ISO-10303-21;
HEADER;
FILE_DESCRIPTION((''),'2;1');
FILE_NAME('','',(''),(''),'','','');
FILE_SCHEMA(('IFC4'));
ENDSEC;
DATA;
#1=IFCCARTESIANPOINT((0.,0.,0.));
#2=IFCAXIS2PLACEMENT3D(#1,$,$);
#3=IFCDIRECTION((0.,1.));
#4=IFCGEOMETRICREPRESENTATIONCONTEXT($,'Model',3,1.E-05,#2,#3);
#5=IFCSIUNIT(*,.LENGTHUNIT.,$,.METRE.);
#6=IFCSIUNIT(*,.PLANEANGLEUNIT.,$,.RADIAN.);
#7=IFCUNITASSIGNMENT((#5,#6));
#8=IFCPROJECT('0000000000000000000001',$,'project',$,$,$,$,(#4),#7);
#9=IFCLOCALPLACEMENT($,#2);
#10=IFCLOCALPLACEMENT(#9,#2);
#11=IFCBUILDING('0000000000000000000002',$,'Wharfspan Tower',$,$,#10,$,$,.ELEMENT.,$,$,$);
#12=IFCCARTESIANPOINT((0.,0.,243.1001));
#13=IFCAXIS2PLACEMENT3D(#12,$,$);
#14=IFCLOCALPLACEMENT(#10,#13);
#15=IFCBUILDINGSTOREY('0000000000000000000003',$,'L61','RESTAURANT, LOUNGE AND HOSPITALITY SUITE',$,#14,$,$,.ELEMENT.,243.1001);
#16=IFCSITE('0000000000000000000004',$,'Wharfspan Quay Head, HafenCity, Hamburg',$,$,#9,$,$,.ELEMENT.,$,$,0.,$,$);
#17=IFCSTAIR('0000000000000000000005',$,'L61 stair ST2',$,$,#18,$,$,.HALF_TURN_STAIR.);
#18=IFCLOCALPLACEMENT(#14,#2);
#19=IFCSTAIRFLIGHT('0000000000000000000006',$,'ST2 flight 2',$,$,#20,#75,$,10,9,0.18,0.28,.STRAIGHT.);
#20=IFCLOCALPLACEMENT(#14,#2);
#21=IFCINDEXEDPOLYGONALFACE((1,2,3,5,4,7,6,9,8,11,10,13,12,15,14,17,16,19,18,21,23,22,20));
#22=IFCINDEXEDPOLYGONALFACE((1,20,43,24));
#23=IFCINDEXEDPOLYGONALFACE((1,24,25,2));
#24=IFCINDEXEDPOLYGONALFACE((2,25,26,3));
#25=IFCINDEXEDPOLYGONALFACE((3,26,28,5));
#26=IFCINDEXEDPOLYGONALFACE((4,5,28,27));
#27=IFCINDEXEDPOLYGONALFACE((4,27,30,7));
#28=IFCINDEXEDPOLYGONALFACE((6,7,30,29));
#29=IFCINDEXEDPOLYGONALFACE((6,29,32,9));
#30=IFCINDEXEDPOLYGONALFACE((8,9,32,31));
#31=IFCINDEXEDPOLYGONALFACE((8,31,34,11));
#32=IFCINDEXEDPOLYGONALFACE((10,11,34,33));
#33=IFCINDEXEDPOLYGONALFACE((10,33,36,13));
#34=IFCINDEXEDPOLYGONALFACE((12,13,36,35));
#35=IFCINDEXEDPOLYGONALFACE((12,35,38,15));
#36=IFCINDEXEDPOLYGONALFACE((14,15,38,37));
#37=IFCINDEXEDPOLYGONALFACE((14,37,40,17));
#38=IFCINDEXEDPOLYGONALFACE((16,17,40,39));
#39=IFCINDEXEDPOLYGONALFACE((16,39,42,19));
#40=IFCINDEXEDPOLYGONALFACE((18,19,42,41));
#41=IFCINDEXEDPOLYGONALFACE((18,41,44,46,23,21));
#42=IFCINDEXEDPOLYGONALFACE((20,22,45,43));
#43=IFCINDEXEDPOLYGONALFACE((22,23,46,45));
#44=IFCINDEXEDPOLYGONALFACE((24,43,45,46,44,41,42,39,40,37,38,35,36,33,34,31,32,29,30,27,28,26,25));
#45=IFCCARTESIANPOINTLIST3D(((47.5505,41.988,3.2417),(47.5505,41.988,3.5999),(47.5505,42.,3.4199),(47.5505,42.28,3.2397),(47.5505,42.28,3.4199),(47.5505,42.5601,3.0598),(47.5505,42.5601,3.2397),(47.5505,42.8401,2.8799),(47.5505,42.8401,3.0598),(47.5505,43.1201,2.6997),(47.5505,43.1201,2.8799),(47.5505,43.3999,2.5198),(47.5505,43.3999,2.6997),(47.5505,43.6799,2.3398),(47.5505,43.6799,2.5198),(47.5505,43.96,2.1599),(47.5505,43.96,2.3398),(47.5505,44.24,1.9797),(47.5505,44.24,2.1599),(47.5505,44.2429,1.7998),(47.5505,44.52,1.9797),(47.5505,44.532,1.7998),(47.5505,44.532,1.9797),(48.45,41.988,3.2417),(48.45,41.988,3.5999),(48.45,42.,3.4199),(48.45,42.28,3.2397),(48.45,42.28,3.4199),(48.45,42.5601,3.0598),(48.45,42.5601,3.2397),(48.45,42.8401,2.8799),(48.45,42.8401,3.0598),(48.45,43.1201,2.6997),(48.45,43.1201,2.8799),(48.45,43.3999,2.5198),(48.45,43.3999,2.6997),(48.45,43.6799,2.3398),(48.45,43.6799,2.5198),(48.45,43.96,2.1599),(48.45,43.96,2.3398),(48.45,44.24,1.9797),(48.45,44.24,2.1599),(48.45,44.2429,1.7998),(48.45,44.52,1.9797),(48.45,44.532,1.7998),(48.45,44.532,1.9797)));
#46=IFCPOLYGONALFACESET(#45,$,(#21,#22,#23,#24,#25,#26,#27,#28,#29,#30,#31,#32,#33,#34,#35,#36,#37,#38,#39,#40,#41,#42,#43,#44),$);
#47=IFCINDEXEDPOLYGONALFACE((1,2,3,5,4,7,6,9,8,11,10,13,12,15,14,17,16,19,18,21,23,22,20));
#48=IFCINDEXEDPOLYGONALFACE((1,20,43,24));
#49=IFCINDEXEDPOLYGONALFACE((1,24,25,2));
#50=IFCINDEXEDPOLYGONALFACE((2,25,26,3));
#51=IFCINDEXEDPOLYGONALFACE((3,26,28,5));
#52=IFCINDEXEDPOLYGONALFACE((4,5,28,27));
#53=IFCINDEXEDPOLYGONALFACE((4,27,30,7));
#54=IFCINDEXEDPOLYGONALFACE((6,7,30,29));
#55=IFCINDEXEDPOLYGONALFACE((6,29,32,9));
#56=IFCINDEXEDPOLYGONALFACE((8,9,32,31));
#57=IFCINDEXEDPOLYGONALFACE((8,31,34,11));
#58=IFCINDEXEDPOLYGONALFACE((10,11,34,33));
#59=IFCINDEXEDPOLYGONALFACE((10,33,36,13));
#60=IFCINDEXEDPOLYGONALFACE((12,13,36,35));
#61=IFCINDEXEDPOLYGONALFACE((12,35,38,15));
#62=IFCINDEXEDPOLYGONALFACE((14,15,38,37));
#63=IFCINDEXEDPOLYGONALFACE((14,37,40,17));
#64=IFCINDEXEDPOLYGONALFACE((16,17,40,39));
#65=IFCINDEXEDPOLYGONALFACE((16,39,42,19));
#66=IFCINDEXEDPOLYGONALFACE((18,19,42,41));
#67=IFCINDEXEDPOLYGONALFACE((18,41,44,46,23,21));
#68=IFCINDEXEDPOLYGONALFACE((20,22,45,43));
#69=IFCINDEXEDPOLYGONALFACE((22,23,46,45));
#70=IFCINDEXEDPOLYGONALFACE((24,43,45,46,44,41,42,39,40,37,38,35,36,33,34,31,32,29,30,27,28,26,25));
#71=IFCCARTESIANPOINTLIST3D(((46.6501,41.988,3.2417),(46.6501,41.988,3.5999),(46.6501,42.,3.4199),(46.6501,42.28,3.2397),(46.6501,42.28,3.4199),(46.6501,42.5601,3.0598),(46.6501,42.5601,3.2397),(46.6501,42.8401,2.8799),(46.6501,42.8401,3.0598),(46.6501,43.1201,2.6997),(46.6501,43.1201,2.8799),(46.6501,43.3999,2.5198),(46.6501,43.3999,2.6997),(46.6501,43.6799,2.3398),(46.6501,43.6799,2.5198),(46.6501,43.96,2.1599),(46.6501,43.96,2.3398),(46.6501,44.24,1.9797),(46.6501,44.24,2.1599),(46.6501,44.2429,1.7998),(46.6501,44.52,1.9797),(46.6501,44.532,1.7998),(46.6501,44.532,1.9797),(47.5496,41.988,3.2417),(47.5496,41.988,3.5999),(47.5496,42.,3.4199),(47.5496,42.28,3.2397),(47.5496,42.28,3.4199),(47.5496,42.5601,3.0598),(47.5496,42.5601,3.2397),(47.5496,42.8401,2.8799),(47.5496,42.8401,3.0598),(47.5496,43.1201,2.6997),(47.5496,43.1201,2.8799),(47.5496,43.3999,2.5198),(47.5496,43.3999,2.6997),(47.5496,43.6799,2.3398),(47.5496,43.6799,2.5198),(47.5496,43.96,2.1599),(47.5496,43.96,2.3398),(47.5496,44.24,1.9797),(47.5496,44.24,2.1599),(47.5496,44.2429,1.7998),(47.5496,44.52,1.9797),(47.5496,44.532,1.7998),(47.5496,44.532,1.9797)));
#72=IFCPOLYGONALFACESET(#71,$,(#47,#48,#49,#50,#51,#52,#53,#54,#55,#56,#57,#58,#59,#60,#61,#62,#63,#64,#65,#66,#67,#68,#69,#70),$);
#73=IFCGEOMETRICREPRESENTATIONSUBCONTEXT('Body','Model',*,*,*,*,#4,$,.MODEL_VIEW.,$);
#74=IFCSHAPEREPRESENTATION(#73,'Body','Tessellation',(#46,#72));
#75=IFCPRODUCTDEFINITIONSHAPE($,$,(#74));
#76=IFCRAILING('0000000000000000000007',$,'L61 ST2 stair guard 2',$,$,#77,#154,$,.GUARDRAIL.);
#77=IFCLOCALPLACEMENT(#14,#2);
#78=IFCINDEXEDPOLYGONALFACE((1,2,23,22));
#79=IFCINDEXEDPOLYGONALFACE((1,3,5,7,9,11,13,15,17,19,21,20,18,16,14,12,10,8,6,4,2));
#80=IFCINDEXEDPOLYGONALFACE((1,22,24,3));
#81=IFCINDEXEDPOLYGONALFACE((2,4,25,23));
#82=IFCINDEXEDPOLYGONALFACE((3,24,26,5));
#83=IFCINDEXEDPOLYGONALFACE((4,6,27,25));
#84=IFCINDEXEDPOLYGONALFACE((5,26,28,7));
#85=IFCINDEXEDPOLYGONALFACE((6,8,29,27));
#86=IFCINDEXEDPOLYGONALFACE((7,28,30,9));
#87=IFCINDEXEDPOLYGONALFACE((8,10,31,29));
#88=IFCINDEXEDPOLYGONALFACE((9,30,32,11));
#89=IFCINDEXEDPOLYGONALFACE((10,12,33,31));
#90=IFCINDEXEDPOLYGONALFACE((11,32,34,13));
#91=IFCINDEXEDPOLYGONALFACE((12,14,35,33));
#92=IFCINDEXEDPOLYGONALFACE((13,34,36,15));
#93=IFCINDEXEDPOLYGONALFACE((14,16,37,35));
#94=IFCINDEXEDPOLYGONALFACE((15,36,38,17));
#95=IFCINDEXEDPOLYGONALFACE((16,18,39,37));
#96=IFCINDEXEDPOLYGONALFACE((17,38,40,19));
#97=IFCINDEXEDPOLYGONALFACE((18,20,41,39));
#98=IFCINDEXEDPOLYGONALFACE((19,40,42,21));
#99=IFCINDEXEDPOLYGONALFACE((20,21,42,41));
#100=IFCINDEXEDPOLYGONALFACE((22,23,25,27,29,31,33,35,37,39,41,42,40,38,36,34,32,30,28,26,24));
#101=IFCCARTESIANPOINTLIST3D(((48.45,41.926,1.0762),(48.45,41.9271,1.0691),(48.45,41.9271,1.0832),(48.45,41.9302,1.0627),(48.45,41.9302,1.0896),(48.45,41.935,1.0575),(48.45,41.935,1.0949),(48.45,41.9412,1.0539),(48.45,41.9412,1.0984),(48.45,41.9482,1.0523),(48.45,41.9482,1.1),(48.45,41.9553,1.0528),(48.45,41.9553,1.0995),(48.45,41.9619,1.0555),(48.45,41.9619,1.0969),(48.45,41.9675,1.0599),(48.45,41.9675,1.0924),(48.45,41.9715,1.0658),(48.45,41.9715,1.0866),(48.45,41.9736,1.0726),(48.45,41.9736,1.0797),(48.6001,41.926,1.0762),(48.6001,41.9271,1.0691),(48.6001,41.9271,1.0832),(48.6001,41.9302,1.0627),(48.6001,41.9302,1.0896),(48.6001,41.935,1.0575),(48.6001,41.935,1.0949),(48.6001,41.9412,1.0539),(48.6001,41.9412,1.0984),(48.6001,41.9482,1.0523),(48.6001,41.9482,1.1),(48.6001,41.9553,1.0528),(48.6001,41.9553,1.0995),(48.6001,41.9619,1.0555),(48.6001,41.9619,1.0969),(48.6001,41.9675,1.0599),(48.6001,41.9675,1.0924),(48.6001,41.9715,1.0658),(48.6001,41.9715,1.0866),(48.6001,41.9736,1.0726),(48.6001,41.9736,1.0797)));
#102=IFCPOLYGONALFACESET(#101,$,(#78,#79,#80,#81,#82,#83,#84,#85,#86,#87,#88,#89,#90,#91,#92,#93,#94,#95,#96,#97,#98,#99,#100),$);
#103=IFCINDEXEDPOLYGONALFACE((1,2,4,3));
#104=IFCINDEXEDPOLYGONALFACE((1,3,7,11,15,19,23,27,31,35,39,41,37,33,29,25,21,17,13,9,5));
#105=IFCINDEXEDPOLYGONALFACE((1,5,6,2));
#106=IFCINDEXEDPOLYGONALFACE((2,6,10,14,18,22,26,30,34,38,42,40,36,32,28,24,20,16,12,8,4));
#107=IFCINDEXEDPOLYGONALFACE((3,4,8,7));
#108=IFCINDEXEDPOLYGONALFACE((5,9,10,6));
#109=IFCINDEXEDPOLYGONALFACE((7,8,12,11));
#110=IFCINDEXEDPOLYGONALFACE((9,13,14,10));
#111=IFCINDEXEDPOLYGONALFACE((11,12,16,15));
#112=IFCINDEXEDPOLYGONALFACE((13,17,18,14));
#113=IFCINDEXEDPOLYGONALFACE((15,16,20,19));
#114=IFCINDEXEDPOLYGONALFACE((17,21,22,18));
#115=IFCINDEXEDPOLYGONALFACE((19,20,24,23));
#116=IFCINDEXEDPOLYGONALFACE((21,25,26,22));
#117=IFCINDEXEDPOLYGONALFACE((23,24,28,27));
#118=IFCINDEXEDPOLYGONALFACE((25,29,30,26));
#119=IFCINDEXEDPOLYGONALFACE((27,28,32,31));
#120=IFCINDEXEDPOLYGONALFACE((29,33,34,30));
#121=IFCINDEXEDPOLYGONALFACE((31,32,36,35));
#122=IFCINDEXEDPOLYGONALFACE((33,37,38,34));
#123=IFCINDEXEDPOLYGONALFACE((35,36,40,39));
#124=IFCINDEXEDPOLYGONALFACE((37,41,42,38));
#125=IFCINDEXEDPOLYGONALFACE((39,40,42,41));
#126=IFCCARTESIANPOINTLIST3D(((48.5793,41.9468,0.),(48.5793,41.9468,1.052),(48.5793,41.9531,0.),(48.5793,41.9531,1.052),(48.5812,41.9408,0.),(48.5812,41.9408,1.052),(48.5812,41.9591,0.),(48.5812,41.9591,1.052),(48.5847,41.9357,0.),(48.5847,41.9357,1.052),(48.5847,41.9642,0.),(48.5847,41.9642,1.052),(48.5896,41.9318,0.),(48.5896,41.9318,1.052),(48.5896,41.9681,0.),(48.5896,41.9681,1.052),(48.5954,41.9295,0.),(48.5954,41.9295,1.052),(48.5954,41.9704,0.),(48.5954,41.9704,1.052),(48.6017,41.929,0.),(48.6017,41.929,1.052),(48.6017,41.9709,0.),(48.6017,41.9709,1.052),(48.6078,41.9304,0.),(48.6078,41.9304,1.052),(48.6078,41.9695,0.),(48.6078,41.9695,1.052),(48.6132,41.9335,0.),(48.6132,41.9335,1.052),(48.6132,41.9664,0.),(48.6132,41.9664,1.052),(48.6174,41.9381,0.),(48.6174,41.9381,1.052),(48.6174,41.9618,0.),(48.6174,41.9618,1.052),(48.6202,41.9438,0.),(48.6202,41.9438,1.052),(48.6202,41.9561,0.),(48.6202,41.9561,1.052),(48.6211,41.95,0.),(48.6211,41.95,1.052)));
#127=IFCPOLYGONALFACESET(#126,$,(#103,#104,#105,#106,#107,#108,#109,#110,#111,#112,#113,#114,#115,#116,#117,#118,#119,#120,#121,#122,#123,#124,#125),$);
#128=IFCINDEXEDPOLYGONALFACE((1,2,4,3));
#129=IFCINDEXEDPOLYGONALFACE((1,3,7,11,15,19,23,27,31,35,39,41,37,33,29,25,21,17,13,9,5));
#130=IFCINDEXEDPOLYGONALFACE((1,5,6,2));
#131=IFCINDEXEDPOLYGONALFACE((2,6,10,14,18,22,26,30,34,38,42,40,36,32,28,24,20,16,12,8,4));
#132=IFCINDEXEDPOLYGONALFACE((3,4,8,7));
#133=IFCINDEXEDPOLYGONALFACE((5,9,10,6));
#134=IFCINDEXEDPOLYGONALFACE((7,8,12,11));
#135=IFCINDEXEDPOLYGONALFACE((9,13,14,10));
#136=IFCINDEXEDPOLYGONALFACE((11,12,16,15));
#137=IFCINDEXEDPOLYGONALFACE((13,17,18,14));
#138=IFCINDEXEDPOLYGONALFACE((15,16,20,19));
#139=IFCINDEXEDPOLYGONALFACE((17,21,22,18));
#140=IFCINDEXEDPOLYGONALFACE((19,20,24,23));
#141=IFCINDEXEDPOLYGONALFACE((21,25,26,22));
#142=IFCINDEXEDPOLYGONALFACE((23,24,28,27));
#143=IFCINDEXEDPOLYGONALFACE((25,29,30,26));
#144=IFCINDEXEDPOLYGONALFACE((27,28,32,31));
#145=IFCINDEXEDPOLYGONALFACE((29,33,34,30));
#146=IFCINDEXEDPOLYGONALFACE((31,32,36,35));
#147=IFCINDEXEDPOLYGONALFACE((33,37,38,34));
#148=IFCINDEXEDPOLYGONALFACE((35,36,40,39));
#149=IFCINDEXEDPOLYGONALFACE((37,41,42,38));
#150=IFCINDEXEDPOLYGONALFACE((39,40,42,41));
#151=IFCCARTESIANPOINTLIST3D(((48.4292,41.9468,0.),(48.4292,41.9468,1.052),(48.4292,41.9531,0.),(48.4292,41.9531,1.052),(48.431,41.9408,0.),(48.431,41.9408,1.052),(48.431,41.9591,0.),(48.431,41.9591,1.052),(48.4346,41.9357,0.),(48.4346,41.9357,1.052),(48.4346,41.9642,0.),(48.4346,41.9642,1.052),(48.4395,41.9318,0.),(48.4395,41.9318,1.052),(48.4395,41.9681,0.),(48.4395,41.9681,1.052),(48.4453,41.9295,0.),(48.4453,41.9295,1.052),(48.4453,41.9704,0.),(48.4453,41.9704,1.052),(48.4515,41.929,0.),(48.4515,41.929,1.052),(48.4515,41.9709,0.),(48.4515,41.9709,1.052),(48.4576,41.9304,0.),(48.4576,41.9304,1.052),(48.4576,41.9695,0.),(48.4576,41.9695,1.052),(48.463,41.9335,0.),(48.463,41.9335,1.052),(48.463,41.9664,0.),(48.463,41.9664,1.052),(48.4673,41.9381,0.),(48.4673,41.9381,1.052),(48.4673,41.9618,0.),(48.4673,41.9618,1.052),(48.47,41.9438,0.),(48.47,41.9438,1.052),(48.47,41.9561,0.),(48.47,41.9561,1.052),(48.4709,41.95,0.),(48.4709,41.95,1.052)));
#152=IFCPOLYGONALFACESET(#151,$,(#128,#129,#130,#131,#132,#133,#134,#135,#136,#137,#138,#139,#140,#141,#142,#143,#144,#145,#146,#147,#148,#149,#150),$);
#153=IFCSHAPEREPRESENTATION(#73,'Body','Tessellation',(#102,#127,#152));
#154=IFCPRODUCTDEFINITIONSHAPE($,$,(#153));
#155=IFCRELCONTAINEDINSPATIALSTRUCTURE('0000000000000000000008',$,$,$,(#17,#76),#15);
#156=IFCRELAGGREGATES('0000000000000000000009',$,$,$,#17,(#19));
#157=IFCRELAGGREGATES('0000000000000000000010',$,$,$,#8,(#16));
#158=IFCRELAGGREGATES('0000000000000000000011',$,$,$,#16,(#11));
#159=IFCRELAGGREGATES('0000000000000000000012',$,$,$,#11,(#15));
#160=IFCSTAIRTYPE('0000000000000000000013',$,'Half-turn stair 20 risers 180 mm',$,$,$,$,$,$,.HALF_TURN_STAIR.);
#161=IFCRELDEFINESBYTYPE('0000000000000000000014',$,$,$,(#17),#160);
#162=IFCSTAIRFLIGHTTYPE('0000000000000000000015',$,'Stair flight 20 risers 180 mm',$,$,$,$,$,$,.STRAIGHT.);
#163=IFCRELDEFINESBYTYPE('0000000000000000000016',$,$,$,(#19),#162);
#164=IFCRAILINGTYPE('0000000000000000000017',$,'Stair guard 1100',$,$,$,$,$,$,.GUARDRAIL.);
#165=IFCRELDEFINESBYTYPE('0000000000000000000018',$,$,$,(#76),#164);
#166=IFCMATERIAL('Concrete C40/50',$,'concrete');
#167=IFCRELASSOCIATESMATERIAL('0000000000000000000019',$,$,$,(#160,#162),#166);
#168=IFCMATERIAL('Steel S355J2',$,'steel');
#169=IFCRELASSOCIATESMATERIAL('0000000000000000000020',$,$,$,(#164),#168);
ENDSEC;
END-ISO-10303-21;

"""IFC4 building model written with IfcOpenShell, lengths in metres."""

from ifc_helpers import new_model, si_unit, direction, frame, origin, origin_2d, place, context, subcontext, project, spatial, polyline, circle, outline, extrude, material, type_object, element, aggregate, save


model = new_model("IFC4")

# Units and contexts
model_context = context("Model", 3, precision=1e-05, world=origin(), true_north=direction((0.0, 1.0)))
body_context = subcontext(model_context, "Body", "Model", "MODEL_VIEW")
ifc_project = project(units=[si_unit("LENGTHUNIT", "METRE"), si_unit("PLANEANGLEUNIT", "RADIAN")], contexts=[model_context])

# Site, building, storey
site_placement = place(None, origin())
site = spatial("IfcSite", under=ifc_project, at=site_placement, Name="Wharfspan Quay Head, HafenCity, Hamburg", CompositionType="ELEMENT", RefElevation=0.0)
building_placement = place(site_placement, origin())
building = spatial("IfcBuilding", under=site, at=building_placement, Name="Wharfspan Tower", CompositionType="ELEMENT")
storey_placement = place(building_placement, frame((0.0, 0.0, 243.1001)))
storey = spatial("IfcBuildingStorey", under=building, at=storey_placement, Name="L61", Description="RESTAURANT, LOUNGE AND HOSPITALITY SUITE", CompositionType="ELEMENT", Elevation=243.1001)

# Shared definitions
ifc_material_1 = material(Name="Steel S355J2", Category="steel")

# Shared definitions
ifc_material_2 = material(Name="Concrete C40/50", Category="concrete")

# Stair, stair flight
stair_type = type_object("IfcStairType", Name="Half-turn stair 20 risers 180 mm", PredefinedType="HALF_TURN_STAIR", material=ifc_material_2)
stair_placement = place(storey_placement, origin())
stair = element("IfcStair", 1, at=stair_placement, inside=storey, type_object=stair_type, Name="L61 stair ST2", PredefinedType="HALF_TURN_STAIR")
stair_flight_type = type_object("IfcStairFlightType", Name="Stair flight 20 risers 180 mm", PredefinedType="STRAIGHT", material=ifc_material_2)
stair_flight_1_placement = place(storey_placement, frame((47.55, 44.52, 1.7998), z_axis=(0.0, 0.0, 1.0), x_axis=(0.0, -1.0, 0.0)))
stair_flight_1 = element("IfcStairFlight", 2, at=stair_flight_1_placement, type_object=stair_flight_type, Name="ST2 flight 2", NumberOfRisers=10, NumberOfTreads=9, PredefinedType="STRAIGHT", RiserHeight=0.18, TreadLength=0.28, context=body_context, shape_type="SweptSolid", body=[
    extrude(outline(polyline([(-0.012, 0.0), (-0.012, 0.1799), (0.0, 0.1799), (0.28, 0.1799), (0.28, 0.3601), (0.5601, 0.3601), (0.5601, 0.54), (0.8401, 0.54), (0.8401, 0.72), (1.1201, 0.72), (1.1201, 0.8999), (1.3999, 0.8999), (1.3999, 1.0801), (1.6799, 1.0801), (1.6799, 1.26), (1.96, 1.26), (1.96, 1.4399), (2.24, 1.4399), (2.24, 1.6201), (2.52, 1.6201), (2.532, 1.8), (2.532, 1.4419), (0.2771, 0.0), (-0.012, 0.0)])), frame((0.0, 0.8999, 0.0), z_axis=(0.0, -1.0, 0.0), x_axis=(1.0, 0.0, 0.0)), (0.0, 0.0, 1.0), 0.8994),
    extrude(outline(polyline([(-0.012, 0.0), (-0.012, 0.1799), (0.0, 0.1799), (0.28, 0.1799), (0.28, 0.3601), (0.5601, 0.3601), (0.5601, 0.54), (0.8401, 0.54), (0.8401, 0.72), (1.1201, 0.72), (1.1201, 0.8999), (1.3999, 0.8999), (1.3999, 1.0801), (1.6799, 1.0801), (1.6799, 1.26), (1.96, 1.26), (1.96, 1.4399), (2.24, 1.4399), (2.24, 1.6201), (2.52, 1.6201), (2.532, 1.8), (2.532, 1.4419), (0.2771, 0.0), (-0.012, 0.0)])), frame((0.0, -0.0005, 0.0), z_axis=(0.0, -1.0, 0.0), x_axis=(1.0, 0.0, 0.0)), (0.0, 0.0, 1.0), 0.8994),
])
aggregate(stair, [stair_flight_1])

# Railing
railing_type_1 = type_object("IfcRailingType", Name="Stair guard 1100", PredefinedType="GUARDRAIL", material=ifc_material_1)
railing_1_placement = place(storey_placement, frame((48.6001, 41.95, 0.0)))
element("IfcRailing", 3, at=railing_1_placement, inside=storey, type_object=railing_type_1, Name="L61 ST2 stair guard 2", PredefinedType="GUARDRAIL", context=body_context, shape_type="SweptSolid", body=[
    extrude(circle(Radius=0.0239, at=origin_2d()), frame((0.0, 0.0, 1.0762), z_axis=(-1.0, 0.0, 0.0), x_axis=(0.0, -1.0, 0.0)), (0.0, 0.0, 1.0), 0.1501),
    extrude(circle(Radius=0.021, at=origin_2d()), origin(), (0.0, 0.0, 1.0), 1.052),
    extrude(circle(Radius=0.021, at=origin_2d()), frame((-0.1501, 0.0, 0.0)), (0.0, 0.0, 1.0), 1.052),
])

save(model, "model.ifc")
